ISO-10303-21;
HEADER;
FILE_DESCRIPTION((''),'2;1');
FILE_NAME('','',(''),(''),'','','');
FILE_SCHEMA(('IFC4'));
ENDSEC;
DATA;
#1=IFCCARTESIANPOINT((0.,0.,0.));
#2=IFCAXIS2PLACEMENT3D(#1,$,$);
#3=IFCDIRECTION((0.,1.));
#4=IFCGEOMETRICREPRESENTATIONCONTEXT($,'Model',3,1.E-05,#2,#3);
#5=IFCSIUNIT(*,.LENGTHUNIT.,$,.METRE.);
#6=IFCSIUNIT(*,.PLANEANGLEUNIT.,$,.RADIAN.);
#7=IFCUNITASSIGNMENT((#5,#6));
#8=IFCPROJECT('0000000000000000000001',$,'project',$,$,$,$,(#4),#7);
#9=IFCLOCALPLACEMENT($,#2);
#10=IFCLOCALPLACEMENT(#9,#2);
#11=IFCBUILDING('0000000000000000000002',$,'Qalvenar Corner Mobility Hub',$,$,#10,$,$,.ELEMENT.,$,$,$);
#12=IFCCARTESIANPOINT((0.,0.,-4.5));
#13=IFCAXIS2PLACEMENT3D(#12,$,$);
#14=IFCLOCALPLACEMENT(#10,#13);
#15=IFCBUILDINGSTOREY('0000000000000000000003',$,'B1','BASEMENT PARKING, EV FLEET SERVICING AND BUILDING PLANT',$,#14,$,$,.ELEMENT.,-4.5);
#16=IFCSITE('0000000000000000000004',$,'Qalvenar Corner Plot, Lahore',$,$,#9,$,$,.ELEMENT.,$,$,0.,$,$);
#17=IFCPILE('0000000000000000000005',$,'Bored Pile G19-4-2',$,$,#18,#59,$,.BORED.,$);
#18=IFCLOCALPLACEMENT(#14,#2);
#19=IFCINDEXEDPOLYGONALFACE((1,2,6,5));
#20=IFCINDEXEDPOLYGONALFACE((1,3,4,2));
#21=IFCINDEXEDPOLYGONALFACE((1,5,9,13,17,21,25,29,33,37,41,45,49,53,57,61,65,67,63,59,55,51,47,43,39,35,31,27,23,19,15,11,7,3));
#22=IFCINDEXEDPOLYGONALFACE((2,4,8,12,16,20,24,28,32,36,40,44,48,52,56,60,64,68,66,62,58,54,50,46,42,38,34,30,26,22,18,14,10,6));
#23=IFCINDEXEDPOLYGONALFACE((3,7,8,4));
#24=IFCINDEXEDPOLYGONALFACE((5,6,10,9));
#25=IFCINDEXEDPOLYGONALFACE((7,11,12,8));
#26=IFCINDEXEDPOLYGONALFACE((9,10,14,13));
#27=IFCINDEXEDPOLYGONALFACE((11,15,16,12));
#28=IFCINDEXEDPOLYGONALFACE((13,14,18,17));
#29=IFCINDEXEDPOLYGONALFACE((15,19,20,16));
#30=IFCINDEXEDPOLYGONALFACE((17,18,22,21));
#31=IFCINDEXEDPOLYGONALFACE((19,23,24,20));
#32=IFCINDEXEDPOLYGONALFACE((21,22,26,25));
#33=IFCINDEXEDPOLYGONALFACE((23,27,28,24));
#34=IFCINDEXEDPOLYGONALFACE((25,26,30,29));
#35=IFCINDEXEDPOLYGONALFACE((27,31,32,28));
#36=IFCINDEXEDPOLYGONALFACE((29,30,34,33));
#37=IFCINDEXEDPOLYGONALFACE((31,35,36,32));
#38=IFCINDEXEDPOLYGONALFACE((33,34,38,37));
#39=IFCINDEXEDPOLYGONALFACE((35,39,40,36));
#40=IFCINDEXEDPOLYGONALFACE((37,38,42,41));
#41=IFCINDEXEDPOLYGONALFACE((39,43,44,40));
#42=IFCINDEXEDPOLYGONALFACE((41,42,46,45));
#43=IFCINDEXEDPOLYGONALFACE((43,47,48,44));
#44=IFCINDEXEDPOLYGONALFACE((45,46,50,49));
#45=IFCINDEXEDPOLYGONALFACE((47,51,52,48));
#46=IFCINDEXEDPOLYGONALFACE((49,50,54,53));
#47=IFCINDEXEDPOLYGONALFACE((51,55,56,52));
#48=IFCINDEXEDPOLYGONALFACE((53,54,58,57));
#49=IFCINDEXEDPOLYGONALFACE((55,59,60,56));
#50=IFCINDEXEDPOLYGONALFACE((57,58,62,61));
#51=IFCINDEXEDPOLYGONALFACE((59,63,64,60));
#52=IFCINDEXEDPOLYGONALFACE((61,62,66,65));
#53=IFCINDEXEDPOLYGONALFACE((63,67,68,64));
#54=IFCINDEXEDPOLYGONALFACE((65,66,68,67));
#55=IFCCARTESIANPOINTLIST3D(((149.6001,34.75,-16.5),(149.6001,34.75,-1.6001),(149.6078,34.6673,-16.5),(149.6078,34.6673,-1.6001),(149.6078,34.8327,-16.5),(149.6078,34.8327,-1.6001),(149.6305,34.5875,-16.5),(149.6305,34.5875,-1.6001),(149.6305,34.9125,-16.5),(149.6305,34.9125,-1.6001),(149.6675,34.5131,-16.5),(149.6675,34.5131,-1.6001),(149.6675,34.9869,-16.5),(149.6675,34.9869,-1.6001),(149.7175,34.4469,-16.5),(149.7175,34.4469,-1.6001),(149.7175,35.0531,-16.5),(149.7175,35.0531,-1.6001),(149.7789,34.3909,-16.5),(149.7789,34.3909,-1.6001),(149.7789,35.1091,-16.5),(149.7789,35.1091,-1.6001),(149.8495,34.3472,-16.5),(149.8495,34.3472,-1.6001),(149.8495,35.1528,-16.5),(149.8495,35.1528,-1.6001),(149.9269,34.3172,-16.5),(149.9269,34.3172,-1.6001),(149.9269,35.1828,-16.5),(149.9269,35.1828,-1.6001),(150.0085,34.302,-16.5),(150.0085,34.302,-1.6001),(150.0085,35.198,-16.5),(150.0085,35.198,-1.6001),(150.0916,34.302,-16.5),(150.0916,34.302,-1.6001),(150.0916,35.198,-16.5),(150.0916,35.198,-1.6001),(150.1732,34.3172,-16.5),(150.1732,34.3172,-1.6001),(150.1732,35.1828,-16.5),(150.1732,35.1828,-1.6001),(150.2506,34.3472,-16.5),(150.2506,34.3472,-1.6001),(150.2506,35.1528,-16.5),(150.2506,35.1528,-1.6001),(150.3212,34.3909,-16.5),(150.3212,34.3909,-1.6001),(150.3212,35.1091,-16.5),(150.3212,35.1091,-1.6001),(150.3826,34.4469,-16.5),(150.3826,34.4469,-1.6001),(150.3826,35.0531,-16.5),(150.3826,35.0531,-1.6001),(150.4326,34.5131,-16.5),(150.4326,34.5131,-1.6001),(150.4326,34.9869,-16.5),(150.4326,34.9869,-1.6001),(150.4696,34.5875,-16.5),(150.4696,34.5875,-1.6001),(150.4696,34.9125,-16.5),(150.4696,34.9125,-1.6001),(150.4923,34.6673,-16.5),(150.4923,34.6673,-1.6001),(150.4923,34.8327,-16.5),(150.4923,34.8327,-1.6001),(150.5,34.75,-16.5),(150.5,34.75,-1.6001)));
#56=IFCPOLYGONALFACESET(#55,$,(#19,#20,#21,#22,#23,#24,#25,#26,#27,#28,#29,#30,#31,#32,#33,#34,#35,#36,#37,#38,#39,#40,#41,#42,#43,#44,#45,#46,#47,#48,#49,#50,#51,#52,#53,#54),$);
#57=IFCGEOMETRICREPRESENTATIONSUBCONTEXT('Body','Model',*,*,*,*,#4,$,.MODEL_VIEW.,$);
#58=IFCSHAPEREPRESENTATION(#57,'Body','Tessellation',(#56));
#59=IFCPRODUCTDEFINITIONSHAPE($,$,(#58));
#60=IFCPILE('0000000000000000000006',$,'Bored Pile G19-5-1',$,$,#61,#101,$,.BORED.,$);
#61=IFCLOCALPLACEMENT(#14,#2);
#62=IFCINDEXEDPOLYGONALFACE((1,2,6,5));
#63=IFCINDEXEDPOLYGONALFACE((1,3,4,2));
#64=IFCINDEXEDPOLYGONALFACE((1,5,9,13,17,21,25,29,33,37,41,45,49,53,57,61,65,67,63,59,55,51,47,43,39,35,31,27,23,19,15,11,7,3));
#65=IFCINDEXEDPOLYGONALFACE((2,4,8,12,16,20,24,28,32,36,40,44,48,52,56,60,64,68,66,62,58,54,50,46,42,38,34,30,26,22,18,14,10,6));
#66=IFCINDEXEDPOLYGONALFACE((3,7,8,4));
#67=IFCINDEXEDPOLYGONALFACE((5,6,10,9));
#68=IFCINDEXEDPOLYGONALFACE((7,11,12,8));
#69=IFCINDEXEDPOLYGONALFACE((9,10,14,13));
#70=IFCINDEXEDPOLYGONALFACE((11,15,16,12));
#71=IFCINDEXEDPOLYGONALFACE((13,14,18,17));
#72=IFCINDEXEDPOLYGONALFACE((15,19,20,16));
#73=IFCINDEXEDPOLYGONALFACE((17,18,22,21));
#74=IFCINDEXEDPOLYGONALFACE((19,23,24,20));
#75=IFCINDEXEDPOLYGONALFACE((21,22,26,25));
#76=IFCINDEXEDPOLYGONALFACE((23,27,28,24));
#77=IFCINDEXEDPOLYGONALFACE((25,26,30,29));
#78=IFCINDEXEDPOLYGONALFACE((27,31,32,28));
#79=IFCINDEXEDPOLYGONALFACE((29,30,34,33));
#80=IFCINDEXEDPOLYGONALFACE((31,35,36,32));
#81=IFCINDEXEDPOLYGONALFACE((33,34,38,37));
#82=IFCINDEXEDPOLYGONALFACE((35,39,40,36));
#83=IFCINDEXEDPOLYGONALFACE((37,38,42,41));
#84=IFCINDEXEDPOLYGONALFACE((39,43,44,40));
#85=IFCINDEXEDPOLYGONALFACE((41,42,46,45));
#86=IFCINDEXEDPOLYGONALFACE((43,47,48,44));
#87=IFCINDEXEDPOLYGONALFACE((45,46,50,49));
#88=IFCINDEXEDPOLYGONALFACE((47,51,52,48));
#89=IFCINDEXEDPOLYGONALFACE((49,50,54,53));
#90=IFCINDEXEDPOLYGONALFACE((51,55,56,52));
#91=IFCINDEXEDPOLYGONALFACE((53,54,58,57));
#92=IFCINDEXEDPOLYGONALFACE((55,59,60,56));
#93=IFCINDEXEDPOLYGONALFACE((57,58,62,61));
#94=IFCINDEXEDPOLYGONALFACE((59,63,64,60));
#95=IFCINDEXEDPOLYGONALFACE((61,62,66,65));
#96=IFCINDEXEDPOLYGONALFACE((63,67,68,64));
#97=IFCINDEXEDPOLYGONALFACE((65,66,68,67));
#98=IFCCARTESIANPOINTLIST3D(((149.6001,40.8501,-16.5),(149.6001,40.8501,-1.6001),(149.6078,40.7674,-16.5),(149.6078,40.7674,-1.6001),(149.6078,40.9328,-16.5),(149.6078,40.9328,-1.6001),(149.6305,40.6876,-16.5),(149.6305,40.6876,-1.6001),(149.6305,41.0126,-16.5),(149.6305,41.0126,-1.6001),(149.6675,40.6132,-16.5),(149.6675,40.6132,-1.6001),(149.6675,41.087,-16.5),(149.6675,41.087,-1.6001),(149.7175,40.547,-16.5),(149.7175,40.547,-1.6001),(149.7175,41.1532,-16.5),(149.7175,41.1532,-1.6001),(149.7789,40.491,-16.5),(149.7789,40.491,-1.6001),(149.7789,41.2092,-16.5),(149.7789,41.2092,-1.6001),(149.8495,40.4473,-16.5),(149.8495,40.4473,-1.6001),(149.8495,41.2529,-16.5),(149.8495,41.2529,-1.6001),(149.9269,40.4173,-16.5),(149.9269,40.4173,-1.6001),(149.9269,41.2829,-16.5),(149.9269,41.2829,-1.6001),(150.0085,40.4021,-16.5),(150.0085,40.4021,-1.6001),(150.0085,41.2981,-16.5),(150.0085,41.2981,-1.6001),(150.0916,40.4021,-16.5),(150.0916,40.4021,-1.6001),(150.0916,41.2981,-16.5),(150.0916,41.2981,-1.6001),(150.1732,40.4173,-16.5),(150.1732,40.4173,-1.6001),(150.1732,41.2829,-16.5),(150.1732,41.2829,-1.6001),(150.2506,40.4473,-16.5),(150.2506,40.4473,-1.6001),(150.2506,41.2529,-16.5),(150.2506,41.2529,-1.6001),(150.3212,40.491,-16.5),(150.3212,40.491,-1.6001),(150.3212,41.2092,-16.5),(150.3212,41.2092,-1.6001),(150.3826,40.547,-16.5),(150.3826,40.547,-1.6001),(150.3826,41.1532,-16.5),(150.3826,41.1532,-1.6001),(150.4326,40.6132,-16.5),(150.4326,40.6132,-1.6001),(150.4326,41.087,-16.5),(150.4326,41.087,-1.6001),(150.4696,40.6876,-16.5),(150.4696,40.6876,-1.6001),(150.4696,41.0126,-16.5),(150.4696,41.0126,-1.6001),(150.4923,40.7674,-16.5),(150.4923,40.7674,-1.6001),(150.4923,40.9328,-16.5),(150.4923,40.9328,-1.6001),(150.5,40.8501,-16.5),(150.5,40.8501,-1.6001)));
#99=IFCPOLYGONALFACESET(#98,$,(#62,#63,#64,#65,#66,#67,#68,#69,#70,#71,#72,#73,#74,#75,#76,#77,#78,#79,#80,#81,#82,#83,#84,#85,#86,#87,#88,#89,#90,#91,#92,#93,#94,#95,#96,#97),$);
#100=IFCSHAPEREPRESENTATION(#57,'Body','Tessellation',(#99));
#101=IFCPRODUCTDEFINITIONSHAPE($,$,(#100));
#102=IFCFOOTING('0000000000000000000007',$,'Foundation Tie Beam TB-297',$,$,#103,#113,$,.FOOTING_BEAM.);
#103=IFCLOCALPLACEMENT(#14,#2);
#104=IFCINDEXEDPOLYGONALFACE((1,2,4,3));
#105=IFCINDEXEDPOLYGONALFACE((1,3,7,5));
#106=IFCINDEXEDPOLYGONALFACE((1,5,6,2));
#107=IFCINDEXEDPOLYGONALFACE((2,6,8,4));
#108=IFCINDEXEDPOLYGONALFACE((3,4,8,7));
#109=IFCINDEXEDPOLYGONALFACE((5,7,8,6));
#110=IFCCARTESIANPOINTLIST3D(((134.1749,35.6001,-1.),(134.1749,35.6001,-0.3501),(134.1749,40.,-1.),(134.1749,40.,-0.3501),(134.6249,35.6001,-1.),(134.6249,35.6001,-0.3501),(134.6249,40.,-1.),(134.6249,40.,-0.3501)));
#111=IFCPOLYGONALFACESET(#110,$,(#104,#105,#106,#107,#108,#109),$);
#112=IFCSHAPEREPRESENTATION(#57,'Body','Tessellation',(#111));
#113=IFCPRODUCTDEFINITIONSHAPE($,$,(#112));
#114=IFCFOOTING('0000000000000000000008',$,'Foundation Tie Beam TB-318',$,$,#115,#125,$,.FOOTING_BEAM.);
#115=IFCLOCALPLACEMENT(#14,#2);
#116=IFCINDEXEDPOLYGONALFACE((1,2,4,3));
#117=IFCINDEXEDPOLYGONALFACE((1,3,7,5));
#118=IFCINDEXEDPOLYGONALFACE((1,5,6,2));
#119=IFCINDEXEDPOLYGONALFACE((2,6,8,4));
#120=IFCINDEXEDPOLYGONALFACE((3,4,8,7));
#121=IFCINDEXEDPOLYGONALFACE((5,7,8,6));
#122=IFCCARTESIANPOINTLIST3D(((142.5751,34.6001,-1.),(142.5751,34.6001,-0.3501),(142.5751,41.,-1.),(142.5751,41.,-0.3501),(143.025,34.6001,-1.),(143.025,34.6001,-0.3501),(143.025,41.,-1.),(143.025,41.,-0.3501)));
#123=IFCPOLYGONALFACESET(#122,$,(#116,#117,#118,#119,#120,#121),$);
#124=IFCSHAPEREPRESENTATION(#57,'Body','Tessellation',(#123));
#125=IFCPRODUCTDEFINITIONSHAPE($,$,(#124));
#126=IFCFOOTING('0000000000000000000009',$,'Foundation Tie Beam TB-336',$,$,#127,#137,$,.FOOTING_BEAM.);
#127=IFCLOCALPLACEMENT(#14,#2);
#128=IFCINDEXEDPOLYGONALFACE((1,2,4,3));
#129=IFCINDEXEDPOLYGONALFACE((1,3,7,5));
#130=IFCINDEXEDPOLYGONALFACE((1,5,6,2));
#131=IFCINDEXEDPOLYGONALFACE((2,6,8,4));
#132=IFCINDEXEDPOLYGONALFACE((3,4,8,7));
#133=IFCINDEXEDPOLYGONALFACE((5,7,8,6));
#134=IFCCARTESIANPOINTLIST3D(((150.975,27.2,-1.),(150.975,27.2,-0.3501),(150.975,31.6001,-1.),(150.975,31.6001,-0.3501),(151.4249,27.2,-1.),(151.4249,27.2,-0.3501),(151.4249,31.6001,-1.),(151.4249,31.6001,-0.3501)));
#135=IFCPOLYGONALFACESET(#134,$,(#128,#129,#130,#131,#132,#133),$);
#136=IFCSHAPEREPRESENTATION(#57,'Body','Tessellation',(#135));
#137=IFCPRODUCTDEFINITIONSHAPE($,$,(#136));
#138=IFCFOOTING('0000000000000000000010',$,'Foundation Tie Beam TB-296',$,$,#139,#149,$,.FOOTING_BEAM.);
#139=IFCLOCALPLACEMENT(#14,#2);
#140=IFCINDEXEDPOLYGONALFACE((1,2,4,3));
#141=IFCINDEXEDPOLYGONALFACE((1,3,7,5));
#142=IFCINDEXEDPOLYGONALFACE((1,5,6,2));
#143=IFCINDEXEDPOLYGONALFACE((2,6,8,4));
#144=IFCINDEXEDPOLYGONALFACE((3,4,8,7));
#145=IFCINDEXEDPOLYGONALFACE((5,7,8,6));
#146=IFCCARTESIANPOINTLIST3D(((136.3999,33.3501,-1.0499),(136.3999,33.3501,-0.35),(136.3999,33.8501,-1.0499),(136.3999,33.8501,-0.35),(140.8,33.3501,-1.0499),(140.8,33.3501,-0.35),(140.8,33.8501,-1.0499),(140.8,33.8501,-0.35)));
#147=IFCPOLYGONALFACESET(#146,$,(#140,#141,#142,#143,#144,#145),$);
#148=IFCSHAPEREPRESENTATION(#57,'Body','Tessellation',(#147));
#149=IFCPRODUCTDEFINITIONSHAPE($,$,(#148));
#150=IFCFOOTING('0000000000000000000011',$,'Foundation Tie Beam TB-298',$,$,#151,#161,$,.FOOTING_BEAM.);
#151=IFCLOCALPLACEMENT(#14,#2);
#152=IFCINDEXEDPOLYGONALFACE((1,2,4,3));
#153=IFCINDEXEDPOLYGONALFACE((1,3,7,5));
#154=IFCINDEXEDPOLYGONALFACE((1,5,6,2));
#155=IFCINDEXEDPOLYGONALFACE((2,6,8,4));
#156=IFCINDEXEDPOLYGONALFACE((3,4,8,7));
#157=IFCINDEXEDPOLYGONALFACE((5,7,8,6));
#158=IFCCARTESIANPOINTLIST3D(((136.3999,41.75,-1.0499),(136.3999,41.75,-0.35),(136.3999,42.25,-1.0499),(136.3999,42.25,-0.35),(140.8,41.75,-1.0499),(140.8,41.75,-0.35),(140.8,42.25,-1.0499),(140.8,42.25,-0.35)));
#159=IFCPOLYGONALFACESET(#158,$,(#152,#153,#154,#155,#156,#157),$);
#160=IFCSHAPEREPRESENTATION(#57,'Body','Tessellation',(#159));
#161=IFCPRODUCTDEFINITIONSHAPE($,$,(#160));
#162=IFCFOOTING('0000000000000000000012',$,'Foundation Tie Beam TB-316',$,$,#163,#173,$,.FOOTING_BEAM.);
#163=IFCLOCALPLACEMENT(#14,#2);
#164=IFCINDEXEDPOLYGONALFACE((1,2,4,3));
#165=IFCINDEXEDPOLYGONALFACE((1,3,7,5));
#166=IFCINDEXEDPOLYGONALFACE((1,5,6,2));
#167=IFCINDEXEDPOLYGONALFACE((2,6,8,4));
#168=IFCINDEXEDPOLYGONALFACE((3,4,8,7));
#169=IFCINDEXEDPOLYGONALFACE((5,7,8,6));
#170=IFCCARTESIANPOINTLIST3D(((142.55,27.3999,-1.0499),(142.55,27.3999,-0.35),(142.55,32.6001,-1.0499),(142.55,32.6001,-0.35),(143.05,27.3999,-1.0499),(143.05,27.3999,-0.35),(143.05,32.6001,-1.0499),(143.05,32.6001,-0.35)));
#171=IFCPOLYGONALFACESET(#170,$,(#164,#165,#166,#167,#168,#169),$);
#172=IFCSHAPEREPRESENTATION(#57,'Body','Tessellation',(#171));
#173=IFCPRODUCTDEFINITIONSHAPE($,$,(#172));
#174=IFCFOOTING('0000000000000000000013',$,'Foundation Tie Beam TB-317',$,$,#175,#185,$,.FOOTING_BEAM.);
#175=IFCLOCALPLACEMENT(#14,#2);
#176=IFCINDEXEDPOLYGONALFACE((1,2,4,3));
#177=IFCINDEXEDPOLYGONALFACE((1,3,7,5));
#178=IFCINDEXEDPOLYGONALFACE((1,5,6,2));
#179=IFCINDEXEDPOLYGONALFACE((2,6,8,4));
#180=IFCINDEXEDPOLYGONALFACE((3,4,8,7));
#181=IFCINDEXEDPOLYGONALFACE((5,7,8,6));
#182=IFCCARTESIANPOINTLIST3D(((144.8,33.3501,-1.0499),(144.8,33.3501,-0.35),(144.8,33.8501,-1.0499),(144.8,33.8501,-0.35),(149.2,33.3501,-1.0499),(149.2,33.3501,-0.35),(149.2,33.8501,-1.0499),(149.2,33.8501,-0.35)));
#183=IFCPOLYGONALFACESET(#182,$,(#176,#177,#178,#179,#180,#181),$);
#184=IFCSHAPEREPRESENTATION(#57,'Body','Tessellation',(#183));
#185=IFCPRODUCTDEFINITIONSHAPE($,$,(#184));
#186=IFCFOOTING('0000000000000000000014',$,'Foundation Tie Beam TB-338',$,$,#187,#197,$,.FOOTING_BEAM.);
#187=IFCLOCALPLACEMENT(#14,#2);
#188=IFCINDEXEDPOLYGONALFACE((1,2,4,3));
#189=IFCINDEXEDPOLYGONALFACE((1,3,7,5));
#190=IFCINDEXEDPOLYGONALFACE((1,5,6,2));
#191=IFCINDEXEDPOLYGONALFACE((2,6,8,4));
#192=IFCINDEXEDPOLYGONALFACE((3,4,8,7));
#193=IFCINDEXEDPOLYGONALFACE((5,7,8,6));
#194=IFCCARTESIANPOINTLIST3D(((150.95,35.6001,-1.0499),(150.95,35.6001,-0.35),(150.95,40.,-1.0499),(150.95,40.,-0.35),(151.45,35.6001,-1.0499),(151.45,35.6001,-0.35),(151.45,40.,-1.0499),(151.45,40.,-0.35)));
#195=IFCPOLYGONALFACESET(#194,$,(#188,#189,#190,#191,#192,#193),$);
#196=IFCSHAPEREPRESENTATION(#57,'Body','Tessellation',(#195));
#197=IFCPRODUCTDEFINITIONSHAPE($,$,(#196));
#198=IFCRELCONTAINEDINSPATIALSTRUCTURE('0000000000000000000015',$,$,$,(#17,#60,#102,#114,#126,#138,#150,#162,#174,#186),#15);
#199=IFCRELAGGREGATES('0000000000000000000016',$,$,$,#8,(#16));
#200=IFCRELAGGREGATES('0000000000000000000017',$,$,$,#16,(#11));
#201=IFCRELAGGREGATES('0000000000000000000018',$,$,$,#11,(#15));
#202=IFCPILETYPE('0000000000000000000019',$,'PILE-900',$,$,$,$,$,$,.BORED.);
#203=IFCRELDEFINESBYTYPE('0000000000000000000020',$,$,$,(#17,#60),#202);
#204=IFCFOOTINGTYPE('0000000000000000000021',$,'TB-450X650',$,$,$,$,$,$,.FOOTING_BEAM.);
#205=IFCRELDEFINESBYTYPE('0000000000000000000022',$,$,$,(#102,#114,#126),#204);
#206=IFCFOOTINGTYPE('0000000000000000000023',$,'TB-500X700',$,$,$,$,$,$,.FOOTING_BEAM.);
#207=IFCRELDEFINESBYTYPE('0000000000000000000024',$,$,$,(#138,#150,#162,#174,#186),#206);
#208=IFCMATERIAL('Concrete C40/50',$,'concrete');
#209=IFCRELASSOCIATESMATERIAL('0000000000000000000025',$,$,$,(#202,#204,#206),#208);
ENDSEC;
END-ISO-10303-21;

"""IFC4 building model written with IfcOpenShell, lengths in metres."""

from ifc_helpers import new_model, si_unit, direction, frame, origin, origin_2d, place, context, subcontext, project, spatial, rectangle, circle, extrude, material, material_profile, profile_set, type_object, element, save


model = new_model("IFC4")

# Units and contexts
model_context = context("Model", 3, precision=1e-05, world=origin(), true_north=direction((0.0, 1.0)))
body_context = subcontext(model_context, "Body", "Model", "MODEL_VIEW")
ifc_project = project(units=[si_unit("LENGTHUNIT", "METRE"), si_unit("PLANEANGLEUNIT", "RADIAN")], contexts=[model_context])

# Site, building, storey
site_placement = place(None, origin())
site = spatial("IfcSite", under=ifc_project, at=site_placement, Name="Qalvenar Corner Plot, Lahore", CompositionType="ELEMENT", RefElevation=0.0)
building_placement = place(site_placement, origin())
building = spatial("IfcBuilding", under=site, at=building_placement, Name="Qalvenar Corner Mobility Hub", CompositionType="ELEMENT")
storey_placement = place(building_placement, frame((0.0, 0.0, -4.5)))
storey = spatial("IfcBuildingStorey", under=building, at=storey_placement, Name="B1", Description="BASEMENT PARKING, EV FLEET SERVICING AND BUILDING PLANT", CompositionType="ELEMENT", Elevation=-4.5)

# Shared definitions
ifc_material_1 = material(Name="Concrete C40/50", Category="concrete")

# Piles
ifc_material_profile_1 = material_profile(ifc_material_1, circle(Radius=0.45, at=origin_2d()), Name="DIA900")
ifc_profile_set_1 = profile_set([ifc_material_profile_1], Name="Concrete C40/50")
pile_type_1 = type_object("IfcPileType", Name="PILE-900", PredefinedType="BORED", material=ifc_profile_set_1)
for number, where, z_axis, x_axis, name in (
    (1, (150.05, 34.75, -1.6001), (0.0, 0.0, -1.0), (1.0, 0.0, 0.0), "Bored Pile G19-4-2"),
    (2, (150.05, 40.8501, -1.6001), (0.0, 0.0, -1.0), (1.0, 0.0, 0.0), "Bored Pile G19-5-1"),
):
    element("IfcPile", number, at=place(storey_placement, frame(where, z_axis=z_axis, x_axis=x_axis)), inside=storey, type_object=pile_type_1, Name=name, PredefinedType="BORED", context=body_context, shape_type="SweptSolid", body=[
        extrude(circle(Radius=0.45, at=origin_2d()), origin(), (0.0, 0.0, 1.0), 14.8999),
    ])

# Footings
ifc_material_profile_2 = material_profile(ifc_material_1, rectangle(XDim=0.45, YDim=0.6499, at=origin_2d()), Name="RC450x650")
ifc_profile_set_2 = profile_set([ifc_material_profile_2], Name="Concrete C40/50")
footing_type_1 = type_object("IfcFootingType", Name="TB-450X650", PredefinedType="FOOTING_BEAM", material=ifc_profile_set_2)
footing_1_placement = place(storey_placement, frame((134.3999, 35.6001, -0.675), z_axis=(0.0, 1.0, 0.0), x_axis=(-1.0, 0.0, 0.0)))
element("IfcFooting", 3, at=footing_1_placement, inside=storey, type_object=footing_type_1, Name="Foundation Tie Beam TB-297", PredefinedType="FOOTING_BEAM", context=body_context, shape_type="SweptSolid", body=[
    extrude(rectangle(XDim=0.45, YDim=0.6499, at=origin_2d()), origin(), (0.0, 0.0, 1.0), 4.3999),
])
footing_2_placement = place(storey_placement, frame((142.8, 34.6001, -0.675), z_axis=(0.0, 1.0, 0.0), x_axis=(-1.0, 0.0, 0.0)))
element("IfcFooting", 4, at=footing_2_placement, inside=storey, type_object=footing_type_1, Name="Foundation Tie Beam TB-318", PredefinedType="FOOTING_BEAM", context=body_context, shape_type="SweptSolid", body=[
    extrude(rectangle(XDim=0.45, YDim=0.6499, at=origin_2d()), origin(), (0.0, 0.0, 1.0), 6.3999),
])
footing_3_placement = place(storey_placement, frame((151.2, 27.2, -0.675), z_axis=(0.0, 1.0, 0.0), x_axis=(-1.0, 0.0, 0.0)))
element("IfcFooting", 5, at=footing_3_placement, inside=storey, type_object=footing_type_1, Name="Foundation Tie Beam TB-336", PredefinedType="FOOTING_BEAM", context=body_context, shape_type="SweptSolid", body=[
    extrude(rectangle(XDim=0.45, YDim=0.6499, at=origin_2d()), origin(), (0.0, 0.0, 1.0), 4.4001),
])
ifc_material_profile_3 = material_profile(ifc_material_1, rectangle(XDim=0.5, YDim=0.7, at=origin_2d()), Name="RC500x700")
ifc_profile_set_3 = profile_set([ifc_material_profile_3], Name="Concrete C40/50")
footing_type_2 = type_object("IfcFootingType", Name="TB-500X700", PredefinedType="FOOTING_BEAM", material=ifc_profile_set_3)
for number, where, z_axis, x_axis, name in (
    (6, (136.3999, 33.6001, -0.7), (1.0, 0.0, 0.0), (0.0, 1.0, 0.0), "Foundation Tie Beam TB-296"),
    (7, (136.3999, 42.0, -0.7), (1.0, 0.0, 0.0), (0.0, 1.0, 0.0), "Foundation Tie Beam TB-298"),
):
    element("IfcFooting", number, at=place(storey_placement, frame(where, z_axis=z_axis, x_axis=x_axis)), inside=storey, type_object=footing_type_2, Name=name, PredefinedType="FOOTING_BEAM", context=body_context, shape_type="SweptSolid", body=[
        extrude(rectangle(XDim=0.5, YDim=0.7, at=origin_2d()), origin(), (0.0, 0.0, 1.0), 4.4001),
    ])
footing_4_placement = place(storey_placement, frame((142.8, 27.3999, -0.7), z_axis=(0.0, 1.0, 0.0), x_axis=(-1.0, 0.0, 0.0)))
element("IfcFooting", 8, at=footing_4_placement, inside=storey, type_object=footing_type_2, Name="Foundation Tie Beam TB-316", PredefinedType="FOOTING_BEAM", context=body_context, shape_type="SweptSolid", body=[
    extrude(rectangle(XDim=0.5, YDim=0.7, at=origin_2d()), origin(), (0.0, 0.0, 1.0), 5.2002),
])
for number, where, z_axis, x_axis, name in (
    (9, (144.8, 33.6001, -0.7), (1.0, 0.0, 0.0), (0.0, 1.0, 0.0), "Foundation Tie Beam TB-317"),
    (10, (151.2, 35.6001, -0.7), (0.0, 1.0, 0.0), (-1.0, 0.0, 0.0), "Foundation Tie Beam TB-338"),
):
    element("IfcFooting", number, at=place(storey_placement, frame(where, z_axis=z_axis, x_axis=x_axis)), inside=storey, type_object=footing_type_2, Name=name, PredefinedType="FOOTING_BEAM", context=body_context, shape_type="SweptSolid", body=[
        extrude(rectangle(XDim=0.5, YDim=0.7, at=origin_2d()), origin(), (0.0, 0.0, 1.0), 4.3999),
    ])

save(model, "model.ifc")
